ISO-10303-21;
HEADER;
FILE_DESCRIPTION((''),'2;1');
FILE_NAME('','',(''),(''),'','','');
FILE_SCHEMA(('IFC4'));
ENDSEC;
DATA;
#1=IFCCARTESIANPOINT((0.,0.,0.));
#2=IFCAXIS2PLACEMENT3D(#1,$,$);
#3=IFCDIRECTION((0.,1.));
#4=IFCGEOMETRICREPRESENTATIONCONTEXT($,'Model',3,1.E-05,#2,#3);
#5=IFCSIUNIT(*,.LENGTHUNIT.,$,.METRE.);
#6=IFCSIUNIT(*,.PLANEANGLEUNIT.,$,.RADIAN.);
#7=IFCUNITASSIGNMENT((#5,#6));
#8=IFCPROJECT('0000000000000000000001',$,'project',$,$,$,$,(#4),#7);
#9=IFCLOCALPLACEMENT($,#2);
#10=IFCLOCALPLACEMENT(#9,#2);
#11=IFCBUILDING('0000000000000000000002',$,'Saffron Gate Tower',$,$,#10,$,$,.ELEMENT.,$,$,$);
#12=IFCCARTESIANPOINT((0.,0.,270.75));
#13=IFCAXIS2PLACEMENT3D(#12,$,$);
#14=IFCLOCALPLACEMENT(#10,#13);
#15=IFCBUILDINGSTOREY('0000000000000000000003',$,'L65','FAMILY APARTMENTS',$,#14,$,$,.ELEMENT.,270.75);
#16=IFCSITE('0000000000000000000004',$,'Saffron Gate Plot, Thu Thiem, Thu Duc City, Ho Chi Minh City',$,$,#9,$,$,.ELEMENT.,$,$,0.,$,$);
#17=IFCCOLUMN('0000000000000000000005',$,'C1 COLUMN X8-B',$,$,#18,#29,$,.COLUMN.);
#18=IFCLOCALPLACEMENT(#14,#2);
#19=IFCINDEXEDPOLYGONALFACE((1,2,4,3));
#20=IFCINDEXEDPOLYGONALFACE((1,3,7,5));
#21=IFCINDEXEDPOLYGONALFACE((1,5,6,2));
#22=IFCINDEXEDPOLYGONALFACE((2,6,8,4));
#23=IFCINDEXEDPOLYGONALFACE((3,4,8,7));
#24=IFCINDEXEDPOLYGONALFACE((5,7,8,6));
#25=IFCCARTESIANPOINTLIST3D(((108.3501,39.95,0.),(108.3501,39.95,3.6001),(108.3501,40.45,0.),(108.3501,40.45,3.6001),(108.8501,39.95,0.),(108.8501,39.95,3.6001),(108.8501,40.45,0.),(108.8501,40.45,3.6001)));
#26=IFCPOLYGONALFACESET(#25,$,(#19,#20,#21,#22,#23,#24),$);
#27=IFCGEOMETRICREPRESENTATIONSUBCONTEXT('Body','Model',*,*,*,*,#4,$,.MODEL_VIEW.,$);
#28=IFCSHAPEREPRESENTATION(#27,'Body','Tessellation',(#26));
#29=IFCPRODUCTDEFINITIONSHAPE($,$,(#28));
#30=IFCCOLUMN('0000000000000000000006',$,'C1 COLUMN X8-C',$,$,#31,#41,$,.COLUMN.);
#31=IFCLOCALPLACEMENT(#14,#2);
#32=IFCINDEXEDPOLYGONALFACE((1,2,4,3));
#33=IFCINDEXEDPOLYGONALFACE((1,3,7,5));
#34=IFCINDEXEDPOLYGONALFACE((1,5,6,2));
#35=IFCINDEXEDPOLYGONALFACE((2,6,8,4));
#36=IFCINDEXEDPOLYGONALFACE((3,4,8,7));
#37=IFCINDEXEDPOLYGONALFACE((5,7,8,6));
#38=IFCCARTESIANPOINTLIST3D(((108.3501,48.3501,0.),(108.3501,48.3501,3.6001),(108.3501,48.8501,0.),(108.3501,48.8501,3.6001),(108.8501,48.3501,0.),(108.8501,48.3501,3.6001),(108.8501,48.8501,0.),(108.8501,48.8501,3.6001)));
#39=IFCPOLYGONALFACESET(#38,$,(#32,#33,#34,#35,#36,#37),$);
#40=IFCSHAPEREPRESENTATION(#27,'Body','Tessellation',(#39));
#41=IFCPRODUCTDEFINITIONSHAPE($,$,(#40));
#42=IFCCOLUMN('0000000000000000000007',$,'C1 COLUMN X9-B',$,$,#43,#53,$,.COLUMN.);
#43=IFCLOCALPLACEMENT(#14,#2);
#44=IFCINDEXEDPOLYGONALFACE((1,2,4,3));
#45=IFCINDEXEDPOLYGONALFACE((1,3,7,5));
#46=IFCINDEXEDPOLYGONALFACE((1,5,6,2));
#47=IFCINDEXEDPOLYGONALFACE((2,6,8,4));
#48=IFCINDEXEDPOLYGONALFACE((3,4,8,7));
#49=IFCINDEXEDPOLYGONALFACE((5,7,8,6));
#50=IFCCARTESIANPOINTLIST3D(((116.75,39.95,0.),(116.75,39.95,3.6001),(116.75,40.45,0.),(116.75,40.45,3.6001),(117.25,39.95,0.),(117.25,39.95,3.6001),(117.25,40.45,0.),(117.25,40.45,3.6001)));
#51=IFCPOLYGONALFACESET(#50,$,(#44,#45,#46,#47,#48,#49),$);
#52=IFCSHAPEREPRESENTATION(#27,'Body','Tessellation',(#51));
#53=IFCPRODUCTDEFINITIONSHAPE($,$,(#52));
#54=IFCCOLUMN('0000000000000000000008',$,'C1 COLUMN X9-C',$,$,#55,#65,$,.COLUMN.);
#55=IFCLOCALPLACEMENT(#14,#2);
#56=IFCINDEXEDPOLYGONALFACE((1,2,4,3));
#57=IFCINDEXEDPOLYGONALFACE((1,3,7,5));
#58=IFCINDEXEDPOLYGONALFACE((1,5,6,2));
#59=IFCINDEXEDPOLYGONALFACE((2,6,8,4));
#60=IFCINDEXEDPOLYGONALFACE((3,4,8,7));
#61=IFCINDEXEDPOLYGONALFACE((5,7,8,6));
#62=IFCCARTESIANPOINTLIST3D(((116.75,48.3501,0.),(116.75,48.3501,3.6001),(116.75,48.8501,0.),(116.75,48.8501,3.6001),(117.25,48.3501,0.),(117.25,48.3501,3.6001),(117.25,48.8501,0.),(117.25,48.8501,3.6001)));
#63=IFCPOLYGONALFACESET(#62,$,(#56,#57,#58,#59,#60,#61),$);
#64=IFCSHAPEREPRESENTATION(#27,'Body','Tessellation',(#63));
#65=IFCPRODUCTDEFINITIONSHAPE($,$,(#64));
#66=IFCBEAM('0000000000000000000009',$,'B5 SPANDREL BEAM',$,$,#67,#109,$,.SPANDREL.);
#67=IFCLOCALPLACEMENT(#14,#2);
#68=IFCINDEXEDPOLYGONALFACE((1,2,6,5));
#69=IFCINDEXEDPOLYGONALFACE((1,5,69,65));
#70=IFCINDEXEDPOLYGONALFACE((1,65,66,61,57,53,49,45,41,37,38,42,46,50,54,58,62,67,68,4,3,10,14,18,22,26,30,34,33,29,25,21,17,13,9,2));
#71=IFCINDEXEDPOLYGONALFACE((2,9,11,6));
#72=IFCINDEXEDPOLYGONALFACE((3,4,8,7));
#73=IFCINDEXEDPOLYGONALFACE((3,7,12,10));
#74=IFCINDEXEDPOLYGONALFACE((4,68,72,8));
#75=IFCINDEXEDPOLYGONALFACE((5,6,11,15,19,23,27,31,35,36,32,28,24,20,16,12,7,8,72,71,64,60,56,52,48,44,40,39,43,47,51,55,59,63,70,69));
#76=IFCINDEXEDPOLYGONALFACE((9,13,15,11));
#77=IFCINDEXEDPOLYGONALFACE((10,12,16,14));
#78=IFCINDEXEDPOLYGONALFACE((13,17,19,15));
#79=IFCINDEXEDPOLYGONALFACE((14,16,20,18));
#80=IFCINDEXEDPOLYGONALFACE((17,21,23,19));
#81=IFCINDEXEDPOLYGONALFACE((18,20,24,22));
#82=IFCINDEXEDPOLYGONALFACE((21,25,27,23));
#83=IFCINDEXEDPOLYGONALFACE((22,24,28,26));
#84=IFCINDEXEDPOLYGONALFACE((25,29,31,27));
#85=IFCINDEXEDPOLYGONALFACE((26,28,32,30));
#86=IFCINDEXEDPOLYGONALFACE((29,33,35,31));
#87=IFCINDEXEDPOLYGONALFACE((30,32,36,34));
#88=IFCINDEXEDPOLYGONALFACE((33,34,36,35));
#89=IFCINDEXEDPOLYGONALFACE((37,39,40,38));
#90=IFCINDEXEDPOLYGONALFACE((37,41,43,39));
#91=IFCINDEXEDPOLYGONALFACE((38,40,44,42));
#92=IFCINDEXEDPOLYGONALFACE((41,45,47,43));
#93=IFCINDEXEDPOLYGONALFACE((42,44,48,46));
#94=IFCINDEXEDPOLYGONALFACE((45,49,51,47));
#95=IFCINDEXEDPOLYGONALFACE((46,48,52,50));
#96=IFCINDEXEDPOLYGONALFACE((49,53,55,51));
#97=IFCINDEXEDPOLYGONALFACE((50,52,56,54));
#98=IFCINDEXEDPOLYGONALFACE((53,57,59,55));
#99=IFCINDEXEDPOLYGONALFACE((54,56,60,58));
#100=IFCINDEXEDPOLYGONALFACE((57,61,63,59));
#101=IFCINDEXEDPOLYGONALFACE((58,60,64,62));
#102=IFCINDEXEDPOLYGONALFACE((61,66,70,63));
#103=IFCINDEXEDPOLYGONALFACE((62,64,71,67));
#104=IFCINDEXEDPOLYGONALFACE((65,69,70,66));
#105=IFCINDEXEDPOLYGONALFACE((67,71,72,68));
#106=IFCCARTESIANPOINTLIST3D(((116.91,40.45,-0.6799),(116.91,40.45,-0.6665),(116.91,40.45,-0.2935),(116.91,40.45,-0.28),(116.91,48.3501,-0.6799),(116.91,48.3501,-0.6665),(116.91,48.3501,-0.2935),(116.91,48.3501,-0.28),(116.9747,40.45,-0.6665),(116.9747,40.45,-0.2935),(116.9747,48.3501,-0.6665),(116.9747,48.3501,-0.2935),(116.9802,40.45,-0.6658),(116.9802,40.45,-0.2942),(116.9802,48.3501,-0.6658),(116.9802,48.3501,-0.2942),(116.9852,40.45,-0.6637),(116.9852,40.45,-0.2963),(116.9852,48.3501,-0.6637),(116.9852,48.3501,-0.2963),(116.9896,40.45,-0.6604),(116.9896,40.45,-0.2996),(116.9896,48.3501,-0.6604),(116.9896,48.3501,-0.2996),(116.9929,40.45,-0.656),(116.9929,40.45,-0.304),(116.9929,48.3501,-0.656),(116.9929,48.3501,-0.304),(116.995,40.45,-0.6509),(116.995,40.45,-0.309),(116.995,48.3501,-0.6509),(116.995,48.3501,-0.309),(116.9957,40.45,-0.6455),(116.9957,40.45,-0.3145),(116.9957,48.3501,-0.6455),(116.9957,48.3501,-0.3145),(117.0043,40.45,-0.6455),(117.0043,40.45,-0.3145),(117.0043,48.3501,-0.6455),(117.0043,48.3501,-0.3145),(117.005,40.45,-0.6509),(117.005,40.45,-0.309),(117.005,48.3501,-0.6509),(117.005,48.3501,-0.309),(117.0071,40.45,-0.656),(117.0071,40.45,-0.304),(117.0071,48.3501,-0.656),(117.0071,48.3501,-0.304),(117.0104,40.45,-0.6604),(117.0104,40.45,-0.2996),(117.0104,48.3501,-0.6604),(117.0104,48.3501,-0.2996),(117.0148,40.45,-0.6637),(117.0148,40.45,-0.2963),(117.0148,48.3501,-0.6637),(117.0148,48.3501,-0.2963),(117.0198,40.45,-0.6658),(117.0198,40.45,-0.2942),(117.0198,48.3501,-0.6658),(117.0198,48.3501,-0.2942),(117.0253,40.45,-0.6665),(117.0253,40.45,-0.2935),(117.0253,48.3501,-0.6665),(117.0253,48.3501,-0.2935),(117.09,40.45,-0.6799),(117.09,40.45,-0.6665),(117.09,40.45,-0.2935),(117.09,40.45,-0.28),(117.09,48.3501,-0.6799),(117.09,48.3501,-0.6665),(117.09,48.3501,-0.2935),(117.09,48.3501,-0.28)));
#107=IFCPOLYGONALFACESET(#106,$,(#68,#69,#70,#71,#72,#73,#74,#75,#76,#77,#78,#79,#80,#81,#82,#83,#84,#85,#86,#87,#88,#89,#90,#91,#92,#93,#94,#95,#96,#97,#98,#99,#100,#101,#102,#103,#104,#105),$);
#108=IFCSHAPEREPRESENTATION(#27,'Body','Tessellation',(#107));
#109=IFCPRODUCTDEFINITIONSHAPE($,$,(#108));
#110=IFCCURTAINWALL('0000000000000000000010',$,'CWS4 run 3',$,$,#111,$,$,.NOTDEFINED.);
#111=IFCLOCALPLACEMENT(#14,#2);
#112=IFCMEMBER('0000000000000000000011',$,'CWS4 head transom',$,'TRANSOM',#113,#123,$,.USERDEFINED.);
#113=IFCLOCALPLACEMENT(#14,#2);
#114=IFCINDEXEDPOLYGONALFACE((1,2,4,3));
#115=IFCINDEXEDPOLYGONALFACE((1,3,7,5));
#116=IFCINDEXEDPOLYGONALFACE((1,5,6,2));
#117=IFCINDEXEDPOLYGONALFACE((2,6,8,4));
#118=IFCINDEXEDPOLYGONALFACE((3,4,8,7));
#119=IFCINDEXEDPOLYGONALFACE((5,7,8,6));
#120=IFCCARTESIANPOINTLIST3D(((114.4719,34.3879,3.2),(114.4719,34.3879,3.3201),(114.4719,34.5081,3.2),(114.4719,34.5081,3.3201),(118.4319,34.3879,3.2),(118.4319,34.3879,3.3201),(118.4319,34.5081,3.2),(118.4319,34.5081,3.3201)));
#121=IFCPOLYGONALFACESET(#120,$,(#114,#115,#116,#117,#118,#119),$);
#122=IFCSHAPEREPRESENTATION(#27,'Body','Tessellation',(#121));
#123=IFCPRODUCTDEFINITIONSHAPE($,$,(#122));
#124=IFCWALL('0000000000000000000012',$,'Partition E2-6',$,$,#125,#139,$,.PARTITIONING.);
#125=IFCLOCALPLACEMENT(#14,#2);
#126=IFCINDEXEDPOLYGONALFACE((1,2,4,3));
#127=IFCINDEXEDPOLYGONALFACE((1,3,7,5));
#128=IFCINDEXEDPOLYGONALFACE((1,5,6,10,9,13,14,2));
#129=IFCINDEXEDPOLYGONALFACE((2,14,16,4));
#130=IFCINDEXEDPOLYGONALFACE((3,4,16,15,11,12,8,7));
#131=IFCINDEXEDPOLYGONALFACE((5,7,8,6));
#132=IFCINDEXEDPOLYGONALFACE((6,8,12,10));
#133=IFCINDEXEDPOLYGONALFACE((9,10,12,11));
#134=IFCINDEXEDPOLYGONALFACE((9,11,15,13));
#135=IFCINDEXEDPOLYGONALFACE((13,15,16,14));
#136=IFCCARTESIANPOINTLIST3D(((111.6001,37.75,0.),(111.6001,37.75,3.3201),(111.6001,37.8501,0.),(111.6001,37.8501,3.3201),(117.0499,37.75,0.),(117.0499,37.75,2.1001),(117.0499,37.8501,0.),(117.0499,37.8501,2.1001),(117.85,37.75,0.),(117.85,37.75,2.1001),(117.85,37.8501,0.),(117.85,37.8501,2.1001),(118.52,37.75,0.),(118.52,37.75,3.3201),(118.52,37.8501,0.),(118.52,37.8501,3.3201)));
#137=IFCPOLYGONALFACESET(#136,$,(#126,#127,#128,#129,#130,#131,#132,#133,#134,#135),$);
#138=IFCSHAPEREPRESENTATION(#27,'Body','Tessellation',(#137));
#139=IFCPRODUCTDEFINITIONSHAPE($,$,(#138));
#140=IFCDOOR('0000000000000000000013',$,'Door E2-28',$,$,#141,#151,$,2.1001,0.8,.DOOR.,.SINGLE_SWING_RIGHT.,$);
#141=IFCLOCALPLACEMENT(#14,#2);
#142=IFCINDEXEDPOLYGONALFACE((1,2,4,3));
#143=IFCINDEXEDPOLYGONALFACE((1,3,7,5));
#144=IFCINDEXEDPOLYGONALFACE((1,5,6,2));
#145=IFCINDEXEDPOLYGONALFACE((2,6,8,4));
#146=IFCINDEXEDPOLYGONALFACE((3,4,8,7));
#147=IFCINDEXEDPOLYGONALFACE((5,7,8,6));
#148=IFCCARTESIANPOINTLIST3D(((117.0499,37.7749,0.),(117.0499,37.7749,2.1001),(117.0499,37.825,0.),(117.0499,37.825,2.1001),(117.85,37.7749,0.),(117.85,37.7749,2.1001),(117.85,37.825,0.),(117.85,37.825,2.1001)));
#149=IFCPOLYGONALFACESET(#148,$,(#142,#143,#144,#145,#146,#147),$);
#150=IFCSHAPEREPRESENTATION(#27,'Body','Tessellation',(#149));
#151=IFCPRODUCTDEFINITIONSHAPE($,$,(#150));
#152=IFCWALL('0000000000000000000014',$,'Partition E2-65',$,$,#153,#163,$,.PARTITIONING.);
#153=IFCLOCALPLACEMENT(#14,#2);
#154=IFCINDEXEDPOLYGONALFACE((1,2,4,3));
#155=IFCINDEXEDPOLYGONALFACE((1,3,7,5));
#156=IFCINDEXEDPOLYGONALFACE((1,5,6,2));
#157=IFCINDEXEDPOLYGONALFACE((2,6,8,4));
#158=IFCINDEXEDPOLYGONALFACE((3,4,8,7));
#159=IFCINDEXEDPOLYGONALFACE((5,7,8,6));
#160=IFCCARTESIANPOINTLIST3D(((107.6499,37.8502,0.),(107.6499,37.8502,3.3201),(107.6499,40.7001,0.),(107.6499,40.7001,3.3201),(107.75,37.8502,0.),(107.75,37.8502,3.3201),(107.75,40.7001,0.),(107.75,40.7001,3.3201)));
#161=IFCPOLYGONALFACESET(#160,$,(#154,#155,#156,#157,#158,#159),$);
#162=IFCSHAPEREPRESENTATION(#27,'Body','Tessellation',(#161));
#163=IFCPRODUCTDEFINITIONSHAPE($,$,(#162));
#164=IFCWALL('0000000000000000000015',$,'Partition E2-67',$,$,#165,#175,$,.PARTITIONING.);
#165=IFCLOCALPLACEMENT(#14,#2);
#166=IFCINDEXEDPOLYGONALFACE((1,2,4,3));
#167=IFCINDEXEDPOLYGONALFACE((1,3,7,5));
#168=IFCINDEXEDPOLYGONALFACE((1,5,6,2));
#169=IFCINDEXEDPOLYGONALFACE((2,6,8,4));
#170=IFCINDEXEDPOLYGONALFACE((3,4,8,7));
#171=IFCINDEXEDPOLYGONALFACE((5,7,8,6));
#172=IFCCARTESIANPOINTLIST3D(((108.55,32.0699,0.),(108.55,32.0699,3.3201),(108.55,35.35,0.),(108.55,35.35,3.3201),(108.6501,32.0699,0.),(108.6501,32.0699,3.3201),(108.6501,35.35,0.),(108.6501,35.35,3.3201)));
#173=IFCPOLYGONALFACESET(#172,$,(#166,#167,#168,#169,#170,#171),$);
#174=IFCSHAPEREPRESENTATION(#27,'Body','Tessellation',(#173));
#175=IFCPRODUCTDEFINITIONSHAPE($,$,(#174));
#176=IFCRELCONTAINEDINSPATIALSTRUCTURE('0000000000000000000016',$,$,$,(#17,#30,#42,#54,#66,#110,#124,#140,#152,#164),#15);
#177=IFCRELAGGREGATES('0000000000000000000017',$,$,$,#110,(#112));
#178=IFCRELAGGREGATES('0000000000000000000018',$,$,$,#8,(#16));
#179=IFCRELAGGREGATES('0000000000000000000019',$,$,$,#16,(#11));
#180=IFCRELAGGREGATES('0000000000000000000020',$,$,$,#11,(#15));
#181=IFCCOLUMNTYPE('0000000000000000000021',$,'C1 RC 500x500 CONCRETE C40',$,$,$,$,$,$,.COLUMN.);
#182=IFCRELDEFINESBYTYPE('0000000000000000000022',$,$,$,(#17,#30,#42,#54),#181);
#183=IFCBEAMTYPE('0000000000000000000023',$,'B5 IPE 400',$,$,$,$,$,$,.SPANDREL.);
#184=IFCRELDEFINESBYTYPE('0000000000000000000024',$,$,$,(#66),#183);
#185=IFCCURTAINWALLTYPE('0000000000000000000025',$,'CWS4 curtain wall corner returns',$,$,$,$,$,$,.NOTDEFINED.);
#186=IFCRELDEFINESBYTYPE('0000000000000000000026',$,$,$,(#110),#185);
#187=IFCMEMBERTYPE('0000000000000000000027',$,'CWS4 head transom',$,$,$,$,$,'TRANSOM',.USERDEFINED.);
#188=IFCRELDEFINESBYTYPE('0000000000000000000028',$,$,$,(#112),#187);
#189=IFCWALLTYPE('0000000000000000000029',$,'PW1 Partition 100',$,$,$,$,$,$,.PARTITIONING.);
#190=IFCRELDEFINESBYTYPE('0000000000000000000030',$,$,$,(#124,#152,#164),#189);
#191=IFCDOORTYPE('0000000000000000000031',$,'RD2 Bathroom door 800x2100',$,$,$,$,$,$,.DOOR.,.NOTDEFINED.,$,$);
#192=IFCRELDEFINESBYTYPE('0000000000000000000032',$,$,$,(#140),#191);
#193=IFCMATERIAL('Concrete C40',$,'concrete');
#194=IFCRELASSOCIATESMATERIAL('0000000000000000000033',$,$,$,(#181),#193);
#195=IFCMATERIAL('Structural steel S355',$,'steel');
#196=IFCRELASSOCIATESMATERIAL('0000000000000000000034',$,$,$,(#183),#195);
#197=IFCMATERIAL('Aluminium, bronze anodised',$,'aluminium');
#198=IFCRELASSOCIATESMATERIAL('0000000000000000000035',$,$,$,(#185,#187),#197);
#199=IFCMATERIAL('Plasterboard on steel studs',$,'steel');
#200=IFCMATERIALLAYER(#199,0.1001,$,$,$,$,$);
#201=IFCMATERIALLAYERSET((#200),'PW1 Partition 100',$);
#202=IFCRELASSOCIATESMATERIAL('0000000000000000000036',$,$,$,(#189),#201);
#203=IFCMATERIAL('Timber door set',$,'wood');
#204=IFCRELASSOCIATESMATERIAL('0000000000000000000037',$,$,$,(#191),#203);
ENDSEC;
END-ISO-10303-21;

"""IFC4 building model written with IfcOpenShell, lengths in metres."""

from ifc_helpers import new_model, si_unit, direction, frame, frame_2d, origin, origin_2d, place, context, subcontext, project, spatial, rectangle, i_section, extrude, material, layer, layer_set, material_profile, profile_set, type_object, element, fill, aggregate, save


model = new_model("IFC4")

# Units and contexts
model_context = context("Model", 3, precision=1e-05, world=origin(), true_north=direction((0.0, 1.0)))
body_context = subcontext(model_context, "Body", "Model", "MODEL_VIEW")
ifc_project = project(units=[si_unit("LENGTHUNIT", "METRE"), si_unit("PLANEANGLEUNIT", "RADIAN")], contexts=[model_context])

# Site, building, storey
site_placement = place(None, origin())
site = spatial("IfcSite", under=ifc_project, at=site_placement, Name="Saffron Gate Plot, Thu Thiem, Thu Duc City, Ho Chi Minh City", CompositionType="ELEMENT", RefElevation=0.0)
building_placement = place(site_placement, origin())
building = spatial("IfcBuilding", under=site, at=building_placement, Name="Saffron Gate Tower", CompositionType="ELEMENT")
storey_placement = place(building_placement, frame((0.0, 0.0, 270.75)))
storey = spatial("IfcBuildingStorey", under=building, at=storey_placement, Name="L65", Description="FAMILY APARTMENTS", CompositionType="ELEMENT", Elevation=270.75)

# Columns
ifc_material_1 = material(Name="Concrete C40", Category="concrete")
ifc_material_profile_1 = material_profile(ifc_material_1, rectangle(XDim=0.5, YDim=0.5, at=origin_2d()))
ifc_profile_set_1 = profile_set([ifc_material_profile_1], Name="Concrete C40")
column_type = type_object("IfcColumnType", Name="C1 RC 500x500 CONCRETE C40", PredefinedType="COLUMN", material=ifc_profile_set_1)
for number, where, z_axis, x_axis, name in (
    (1, (108.6001, 40.2, 0.0), (0.0, 0.0, 1.0), (1.0, 0.0, 0.0), "C1 COLUMN X8-B"),
    (2, (108.6001, 48.6001, 0.0), (0.0, 0.0, 1.0), (1.0, 0.0, 0.0), "C1 COLUMN X8-C"),
    (3, (117.0, 40.2, 0.0), (0.0, 0.0, 1.0), (1.0, 0.0, 0.0), "C1 COLUMN X9-B"),
    (4, (117.0, 48.6001, 0.0), (0.0, 0.0, 1.0), (1.0, 0.0, 0.0), "C1 COLUMN X9-C"),
):
    element("IfcColumn", number, at=place(storey_placement, frame(where, z_axis=z_axis, x_axis=x_axis)), inside=storey, type_object=column_type, Name=name, PredefinedType="COLUMN", context=body_context, shape_type="SweptSolid", body=[
        extrude(rectangle(XDim=0.5, YDim=0.5, at=origin_2d()), origin(), (0.0, 0.0, 1.0), 3.6001),
    ])

# Beam
ifc_material_2 = material(Name="Structural steel S355", Category="steel")
ifc_material_profile_2 = material_profile(ifc_material_2, i_section(OverallWidth=0.1799, OverallDepth=0.3999, WebThickness=0.0085, FlangeThickness=0.0134, FilletRadius=0.021, at=origin_2d()))
ifc_profile_set_2 = profile_set([ifc_material_profile_2], Name="Structural steel S355")
beam_type = type_object("IfcBeamType", Name="B5 IPE 400", PredefinedType="SPANDREL", material=ifc_profile_set_2)
beam_placement = place(storey_placement, frame((117.0, 40.45, -0.48), z_axis=(0.0, 1.0, 0.0), x_axis=(-1.0, 0.0, 0.0)))
element("IfcBeam", 5, at=beam_placement, inside=storey, type_object=beam_type, Name="B5 SPANDREL BEAM", PredefinedType="SPANDREL", context=body_context, shape_type="SweptSolid", body=[
    extrude(i_section(OverallWidth=0.1799, OverallDepth=0.3999, WebThickness=0.0085, FlangeThickness=0.0134, FilletRadius=0.021, at=origin_2d()), origin(), (0.0, 0.0, 1.0), 7.9001),
])

# Curtain wall, member
ifc_material_3 = material(Name="Aluminium, bronze anodised", Category="aluminium")
curtain_wall_type = type_object("IfcCurtainWallType", Name="CWS4 curtain wall corner returns", PredefinedType="NOTDEFINED", material=ifc_material_3)
curtain_wall_placement = place(storey_placement, origin())
curtain_wall = element("IfcCurtainWall", 6, at=curtain_wall_placement, inside=storey, type_object=curtain_wall_type, Name="CWS4 run 3", PredefinedType="NOTDEFINED")
ifc_material_profile_3 = material_profile(ifc_material_3, rectangle(XDim=0.1201, YDim=0.1201, at=origin_2d()))
ifc_profile_set_3 = profile_set([ifc_material_profile_3], Name="Aluminium, bronze anodised")
member_type = type_object("IfcMemberType", Name="CWS4 head transom", ElementType="TRANSOM", PredefinedType="USERDEFINED", material=ifc_profile_set_3)
member_placement = place(storey_placement, frame((114.4719, 34.448, 3.26), z_axis=(1.0, 0.0, 0.0), x_axis=(0.0, 1.0, 0.0)))
member = element("IfcMember", 7, at=member_placement, type_object=member_type, Name="CWS4 head transom", ObjectType="TRANSOM", PredefinedType="USERDEFINED", context=body_context, shape_type="SweptSolid", body=[
    extrude(rectangle(XDim=0.1201, YDim=0.1201, at=origin_2d()), origin(), (0.0, 0.0, 1.0), 3.96),
])
aggregate(curtain_wall, [member])

# Wall, opening, door
ifc_material_4 = material(Name="Plasterboard on steel studs", Category="steel")
ifc_layer = layer(ifc_material_4, 0.1001)
ifc_layer_set = layer_set([ifc_layer], Name="PW1 Partition 100")
wall_type = type_object("IfcWallType", Name="PW1 Partition 100", PredefinedType="PARTITIONING", material=ifc_layer_set)
wall_1_placement = place(storey_placement, frame((111.6001, 37.8, 0.0), z_axis=(0.0, 0.0, 1.0), x_axis=(1.0, 0.0, 0.0)))
wall_1 = element("IfcWall", 8, at=wall_1_placement, inside=storey, type_object=wall_type, Name="Partition E2-6", PredefinedType="PARTITIONING", context=body_context, shape_type="SweptSolid", body=[
    extrude(rectangle(XDim=6.9199, YDim=0.1001, at=frame_2d((3.46, 0.0))), origin(), (0.0, 0.0, 1.0), 3.3201),
])
opening_1_placement = place(wall_1_placement, frame((5.45, 0.0, 0.0)))
opening_1 = element("IfcOpeningElement", 9, at=opening_1_placement, cuts=wall_1, PredefinedType="OPENING", context=body_context, shape_type="SweptSolid", body=[
    extrude(rectangle(XDim=0.8, YDim=2.1001, at=frame_2d((0.3999, 1.05))), frame((0.0, 0.0601, 0.0), z_axis=(0.0, -1.0, 0.0), x_axis=(1.0, 0.0, 0.0)), (0.0, 0.0, 1.0), 0.1201),
])
ifc_material_5 = material(Name="Timber door set", Category="wood")
door_type_1 = type_object("IfcDoorType", Name="RD2 Bathroom door 800x2100", OperationType="NOTDEFINED", PredefinedType="DOOR", material=ifc_material_5)
door_1_placement = place(opening_1_placement, origin())
door_1 = element("IfcDoor", 10, at=door_1_placement, inside=storey, type_object=door_type_1, Name="Door E2-28", OperationType="SINGLE_SWING_RIGHT", OverallHeight=2.1001, OverallWidth=0.8, PredefinedType="DOOR", context=body_context, shape_type="SweptSolid", body=[
    extrude(rectangle(XDim=0.8, YDim=2.1001, at=frame_2d((0.3999, 1.05))), frame((0.0, 0.0249, 0.0), z_axis=(0.0, -1.0, 0.0), x_axis=(1.0, 0.0, 0.0)), (0.0, 0.0, 1.0), 0.05),
])
fill(opening_1, door_1)

# Walls
wall_2_placement = place(storey_placement, frame((107.7, 40.7, 0.0), z_axis=(0.0, 0.0, 1.0), x_axis=(0.0, -1.0, 0.0)))
element("IfcWall", 11, at=wall_2_placement, inside=storey, type_object=wall_type, Name="Partition E2-65", PredefinedType="PARTITIONING", context=body_context, shape_type="SweptSolid", body=[
    extrude(rectangle(XDim=2.8499, YDim=0.1001, at=frame_2d((1.4248, 0.0))), origin(), (0.0, 0.0, 1.0), 3.3201),
])
wall_3_placement = place(storey_placement, frame((108.6001, 35.3501, 0.0), z_axis=(0.0, 0.0, 1.0), x_axis=(0.0, -1.0, 0.0)))
element("IfcWall", 12, at=wall_3_placement, inside=storey, type_object=wall_type, Name="Partition E2-67", PredefinedType="PARTITIONING", context=body_context, shape_type="SweptSolid", body=[
    extrude(rectangle(XDim=3.28, YDim=0.1001, at=frame_2d((1.6401, 0.0))), origin(), (0.0, 0.0, 1.0), 3.3201),
])

save(model, "model.ifc")
